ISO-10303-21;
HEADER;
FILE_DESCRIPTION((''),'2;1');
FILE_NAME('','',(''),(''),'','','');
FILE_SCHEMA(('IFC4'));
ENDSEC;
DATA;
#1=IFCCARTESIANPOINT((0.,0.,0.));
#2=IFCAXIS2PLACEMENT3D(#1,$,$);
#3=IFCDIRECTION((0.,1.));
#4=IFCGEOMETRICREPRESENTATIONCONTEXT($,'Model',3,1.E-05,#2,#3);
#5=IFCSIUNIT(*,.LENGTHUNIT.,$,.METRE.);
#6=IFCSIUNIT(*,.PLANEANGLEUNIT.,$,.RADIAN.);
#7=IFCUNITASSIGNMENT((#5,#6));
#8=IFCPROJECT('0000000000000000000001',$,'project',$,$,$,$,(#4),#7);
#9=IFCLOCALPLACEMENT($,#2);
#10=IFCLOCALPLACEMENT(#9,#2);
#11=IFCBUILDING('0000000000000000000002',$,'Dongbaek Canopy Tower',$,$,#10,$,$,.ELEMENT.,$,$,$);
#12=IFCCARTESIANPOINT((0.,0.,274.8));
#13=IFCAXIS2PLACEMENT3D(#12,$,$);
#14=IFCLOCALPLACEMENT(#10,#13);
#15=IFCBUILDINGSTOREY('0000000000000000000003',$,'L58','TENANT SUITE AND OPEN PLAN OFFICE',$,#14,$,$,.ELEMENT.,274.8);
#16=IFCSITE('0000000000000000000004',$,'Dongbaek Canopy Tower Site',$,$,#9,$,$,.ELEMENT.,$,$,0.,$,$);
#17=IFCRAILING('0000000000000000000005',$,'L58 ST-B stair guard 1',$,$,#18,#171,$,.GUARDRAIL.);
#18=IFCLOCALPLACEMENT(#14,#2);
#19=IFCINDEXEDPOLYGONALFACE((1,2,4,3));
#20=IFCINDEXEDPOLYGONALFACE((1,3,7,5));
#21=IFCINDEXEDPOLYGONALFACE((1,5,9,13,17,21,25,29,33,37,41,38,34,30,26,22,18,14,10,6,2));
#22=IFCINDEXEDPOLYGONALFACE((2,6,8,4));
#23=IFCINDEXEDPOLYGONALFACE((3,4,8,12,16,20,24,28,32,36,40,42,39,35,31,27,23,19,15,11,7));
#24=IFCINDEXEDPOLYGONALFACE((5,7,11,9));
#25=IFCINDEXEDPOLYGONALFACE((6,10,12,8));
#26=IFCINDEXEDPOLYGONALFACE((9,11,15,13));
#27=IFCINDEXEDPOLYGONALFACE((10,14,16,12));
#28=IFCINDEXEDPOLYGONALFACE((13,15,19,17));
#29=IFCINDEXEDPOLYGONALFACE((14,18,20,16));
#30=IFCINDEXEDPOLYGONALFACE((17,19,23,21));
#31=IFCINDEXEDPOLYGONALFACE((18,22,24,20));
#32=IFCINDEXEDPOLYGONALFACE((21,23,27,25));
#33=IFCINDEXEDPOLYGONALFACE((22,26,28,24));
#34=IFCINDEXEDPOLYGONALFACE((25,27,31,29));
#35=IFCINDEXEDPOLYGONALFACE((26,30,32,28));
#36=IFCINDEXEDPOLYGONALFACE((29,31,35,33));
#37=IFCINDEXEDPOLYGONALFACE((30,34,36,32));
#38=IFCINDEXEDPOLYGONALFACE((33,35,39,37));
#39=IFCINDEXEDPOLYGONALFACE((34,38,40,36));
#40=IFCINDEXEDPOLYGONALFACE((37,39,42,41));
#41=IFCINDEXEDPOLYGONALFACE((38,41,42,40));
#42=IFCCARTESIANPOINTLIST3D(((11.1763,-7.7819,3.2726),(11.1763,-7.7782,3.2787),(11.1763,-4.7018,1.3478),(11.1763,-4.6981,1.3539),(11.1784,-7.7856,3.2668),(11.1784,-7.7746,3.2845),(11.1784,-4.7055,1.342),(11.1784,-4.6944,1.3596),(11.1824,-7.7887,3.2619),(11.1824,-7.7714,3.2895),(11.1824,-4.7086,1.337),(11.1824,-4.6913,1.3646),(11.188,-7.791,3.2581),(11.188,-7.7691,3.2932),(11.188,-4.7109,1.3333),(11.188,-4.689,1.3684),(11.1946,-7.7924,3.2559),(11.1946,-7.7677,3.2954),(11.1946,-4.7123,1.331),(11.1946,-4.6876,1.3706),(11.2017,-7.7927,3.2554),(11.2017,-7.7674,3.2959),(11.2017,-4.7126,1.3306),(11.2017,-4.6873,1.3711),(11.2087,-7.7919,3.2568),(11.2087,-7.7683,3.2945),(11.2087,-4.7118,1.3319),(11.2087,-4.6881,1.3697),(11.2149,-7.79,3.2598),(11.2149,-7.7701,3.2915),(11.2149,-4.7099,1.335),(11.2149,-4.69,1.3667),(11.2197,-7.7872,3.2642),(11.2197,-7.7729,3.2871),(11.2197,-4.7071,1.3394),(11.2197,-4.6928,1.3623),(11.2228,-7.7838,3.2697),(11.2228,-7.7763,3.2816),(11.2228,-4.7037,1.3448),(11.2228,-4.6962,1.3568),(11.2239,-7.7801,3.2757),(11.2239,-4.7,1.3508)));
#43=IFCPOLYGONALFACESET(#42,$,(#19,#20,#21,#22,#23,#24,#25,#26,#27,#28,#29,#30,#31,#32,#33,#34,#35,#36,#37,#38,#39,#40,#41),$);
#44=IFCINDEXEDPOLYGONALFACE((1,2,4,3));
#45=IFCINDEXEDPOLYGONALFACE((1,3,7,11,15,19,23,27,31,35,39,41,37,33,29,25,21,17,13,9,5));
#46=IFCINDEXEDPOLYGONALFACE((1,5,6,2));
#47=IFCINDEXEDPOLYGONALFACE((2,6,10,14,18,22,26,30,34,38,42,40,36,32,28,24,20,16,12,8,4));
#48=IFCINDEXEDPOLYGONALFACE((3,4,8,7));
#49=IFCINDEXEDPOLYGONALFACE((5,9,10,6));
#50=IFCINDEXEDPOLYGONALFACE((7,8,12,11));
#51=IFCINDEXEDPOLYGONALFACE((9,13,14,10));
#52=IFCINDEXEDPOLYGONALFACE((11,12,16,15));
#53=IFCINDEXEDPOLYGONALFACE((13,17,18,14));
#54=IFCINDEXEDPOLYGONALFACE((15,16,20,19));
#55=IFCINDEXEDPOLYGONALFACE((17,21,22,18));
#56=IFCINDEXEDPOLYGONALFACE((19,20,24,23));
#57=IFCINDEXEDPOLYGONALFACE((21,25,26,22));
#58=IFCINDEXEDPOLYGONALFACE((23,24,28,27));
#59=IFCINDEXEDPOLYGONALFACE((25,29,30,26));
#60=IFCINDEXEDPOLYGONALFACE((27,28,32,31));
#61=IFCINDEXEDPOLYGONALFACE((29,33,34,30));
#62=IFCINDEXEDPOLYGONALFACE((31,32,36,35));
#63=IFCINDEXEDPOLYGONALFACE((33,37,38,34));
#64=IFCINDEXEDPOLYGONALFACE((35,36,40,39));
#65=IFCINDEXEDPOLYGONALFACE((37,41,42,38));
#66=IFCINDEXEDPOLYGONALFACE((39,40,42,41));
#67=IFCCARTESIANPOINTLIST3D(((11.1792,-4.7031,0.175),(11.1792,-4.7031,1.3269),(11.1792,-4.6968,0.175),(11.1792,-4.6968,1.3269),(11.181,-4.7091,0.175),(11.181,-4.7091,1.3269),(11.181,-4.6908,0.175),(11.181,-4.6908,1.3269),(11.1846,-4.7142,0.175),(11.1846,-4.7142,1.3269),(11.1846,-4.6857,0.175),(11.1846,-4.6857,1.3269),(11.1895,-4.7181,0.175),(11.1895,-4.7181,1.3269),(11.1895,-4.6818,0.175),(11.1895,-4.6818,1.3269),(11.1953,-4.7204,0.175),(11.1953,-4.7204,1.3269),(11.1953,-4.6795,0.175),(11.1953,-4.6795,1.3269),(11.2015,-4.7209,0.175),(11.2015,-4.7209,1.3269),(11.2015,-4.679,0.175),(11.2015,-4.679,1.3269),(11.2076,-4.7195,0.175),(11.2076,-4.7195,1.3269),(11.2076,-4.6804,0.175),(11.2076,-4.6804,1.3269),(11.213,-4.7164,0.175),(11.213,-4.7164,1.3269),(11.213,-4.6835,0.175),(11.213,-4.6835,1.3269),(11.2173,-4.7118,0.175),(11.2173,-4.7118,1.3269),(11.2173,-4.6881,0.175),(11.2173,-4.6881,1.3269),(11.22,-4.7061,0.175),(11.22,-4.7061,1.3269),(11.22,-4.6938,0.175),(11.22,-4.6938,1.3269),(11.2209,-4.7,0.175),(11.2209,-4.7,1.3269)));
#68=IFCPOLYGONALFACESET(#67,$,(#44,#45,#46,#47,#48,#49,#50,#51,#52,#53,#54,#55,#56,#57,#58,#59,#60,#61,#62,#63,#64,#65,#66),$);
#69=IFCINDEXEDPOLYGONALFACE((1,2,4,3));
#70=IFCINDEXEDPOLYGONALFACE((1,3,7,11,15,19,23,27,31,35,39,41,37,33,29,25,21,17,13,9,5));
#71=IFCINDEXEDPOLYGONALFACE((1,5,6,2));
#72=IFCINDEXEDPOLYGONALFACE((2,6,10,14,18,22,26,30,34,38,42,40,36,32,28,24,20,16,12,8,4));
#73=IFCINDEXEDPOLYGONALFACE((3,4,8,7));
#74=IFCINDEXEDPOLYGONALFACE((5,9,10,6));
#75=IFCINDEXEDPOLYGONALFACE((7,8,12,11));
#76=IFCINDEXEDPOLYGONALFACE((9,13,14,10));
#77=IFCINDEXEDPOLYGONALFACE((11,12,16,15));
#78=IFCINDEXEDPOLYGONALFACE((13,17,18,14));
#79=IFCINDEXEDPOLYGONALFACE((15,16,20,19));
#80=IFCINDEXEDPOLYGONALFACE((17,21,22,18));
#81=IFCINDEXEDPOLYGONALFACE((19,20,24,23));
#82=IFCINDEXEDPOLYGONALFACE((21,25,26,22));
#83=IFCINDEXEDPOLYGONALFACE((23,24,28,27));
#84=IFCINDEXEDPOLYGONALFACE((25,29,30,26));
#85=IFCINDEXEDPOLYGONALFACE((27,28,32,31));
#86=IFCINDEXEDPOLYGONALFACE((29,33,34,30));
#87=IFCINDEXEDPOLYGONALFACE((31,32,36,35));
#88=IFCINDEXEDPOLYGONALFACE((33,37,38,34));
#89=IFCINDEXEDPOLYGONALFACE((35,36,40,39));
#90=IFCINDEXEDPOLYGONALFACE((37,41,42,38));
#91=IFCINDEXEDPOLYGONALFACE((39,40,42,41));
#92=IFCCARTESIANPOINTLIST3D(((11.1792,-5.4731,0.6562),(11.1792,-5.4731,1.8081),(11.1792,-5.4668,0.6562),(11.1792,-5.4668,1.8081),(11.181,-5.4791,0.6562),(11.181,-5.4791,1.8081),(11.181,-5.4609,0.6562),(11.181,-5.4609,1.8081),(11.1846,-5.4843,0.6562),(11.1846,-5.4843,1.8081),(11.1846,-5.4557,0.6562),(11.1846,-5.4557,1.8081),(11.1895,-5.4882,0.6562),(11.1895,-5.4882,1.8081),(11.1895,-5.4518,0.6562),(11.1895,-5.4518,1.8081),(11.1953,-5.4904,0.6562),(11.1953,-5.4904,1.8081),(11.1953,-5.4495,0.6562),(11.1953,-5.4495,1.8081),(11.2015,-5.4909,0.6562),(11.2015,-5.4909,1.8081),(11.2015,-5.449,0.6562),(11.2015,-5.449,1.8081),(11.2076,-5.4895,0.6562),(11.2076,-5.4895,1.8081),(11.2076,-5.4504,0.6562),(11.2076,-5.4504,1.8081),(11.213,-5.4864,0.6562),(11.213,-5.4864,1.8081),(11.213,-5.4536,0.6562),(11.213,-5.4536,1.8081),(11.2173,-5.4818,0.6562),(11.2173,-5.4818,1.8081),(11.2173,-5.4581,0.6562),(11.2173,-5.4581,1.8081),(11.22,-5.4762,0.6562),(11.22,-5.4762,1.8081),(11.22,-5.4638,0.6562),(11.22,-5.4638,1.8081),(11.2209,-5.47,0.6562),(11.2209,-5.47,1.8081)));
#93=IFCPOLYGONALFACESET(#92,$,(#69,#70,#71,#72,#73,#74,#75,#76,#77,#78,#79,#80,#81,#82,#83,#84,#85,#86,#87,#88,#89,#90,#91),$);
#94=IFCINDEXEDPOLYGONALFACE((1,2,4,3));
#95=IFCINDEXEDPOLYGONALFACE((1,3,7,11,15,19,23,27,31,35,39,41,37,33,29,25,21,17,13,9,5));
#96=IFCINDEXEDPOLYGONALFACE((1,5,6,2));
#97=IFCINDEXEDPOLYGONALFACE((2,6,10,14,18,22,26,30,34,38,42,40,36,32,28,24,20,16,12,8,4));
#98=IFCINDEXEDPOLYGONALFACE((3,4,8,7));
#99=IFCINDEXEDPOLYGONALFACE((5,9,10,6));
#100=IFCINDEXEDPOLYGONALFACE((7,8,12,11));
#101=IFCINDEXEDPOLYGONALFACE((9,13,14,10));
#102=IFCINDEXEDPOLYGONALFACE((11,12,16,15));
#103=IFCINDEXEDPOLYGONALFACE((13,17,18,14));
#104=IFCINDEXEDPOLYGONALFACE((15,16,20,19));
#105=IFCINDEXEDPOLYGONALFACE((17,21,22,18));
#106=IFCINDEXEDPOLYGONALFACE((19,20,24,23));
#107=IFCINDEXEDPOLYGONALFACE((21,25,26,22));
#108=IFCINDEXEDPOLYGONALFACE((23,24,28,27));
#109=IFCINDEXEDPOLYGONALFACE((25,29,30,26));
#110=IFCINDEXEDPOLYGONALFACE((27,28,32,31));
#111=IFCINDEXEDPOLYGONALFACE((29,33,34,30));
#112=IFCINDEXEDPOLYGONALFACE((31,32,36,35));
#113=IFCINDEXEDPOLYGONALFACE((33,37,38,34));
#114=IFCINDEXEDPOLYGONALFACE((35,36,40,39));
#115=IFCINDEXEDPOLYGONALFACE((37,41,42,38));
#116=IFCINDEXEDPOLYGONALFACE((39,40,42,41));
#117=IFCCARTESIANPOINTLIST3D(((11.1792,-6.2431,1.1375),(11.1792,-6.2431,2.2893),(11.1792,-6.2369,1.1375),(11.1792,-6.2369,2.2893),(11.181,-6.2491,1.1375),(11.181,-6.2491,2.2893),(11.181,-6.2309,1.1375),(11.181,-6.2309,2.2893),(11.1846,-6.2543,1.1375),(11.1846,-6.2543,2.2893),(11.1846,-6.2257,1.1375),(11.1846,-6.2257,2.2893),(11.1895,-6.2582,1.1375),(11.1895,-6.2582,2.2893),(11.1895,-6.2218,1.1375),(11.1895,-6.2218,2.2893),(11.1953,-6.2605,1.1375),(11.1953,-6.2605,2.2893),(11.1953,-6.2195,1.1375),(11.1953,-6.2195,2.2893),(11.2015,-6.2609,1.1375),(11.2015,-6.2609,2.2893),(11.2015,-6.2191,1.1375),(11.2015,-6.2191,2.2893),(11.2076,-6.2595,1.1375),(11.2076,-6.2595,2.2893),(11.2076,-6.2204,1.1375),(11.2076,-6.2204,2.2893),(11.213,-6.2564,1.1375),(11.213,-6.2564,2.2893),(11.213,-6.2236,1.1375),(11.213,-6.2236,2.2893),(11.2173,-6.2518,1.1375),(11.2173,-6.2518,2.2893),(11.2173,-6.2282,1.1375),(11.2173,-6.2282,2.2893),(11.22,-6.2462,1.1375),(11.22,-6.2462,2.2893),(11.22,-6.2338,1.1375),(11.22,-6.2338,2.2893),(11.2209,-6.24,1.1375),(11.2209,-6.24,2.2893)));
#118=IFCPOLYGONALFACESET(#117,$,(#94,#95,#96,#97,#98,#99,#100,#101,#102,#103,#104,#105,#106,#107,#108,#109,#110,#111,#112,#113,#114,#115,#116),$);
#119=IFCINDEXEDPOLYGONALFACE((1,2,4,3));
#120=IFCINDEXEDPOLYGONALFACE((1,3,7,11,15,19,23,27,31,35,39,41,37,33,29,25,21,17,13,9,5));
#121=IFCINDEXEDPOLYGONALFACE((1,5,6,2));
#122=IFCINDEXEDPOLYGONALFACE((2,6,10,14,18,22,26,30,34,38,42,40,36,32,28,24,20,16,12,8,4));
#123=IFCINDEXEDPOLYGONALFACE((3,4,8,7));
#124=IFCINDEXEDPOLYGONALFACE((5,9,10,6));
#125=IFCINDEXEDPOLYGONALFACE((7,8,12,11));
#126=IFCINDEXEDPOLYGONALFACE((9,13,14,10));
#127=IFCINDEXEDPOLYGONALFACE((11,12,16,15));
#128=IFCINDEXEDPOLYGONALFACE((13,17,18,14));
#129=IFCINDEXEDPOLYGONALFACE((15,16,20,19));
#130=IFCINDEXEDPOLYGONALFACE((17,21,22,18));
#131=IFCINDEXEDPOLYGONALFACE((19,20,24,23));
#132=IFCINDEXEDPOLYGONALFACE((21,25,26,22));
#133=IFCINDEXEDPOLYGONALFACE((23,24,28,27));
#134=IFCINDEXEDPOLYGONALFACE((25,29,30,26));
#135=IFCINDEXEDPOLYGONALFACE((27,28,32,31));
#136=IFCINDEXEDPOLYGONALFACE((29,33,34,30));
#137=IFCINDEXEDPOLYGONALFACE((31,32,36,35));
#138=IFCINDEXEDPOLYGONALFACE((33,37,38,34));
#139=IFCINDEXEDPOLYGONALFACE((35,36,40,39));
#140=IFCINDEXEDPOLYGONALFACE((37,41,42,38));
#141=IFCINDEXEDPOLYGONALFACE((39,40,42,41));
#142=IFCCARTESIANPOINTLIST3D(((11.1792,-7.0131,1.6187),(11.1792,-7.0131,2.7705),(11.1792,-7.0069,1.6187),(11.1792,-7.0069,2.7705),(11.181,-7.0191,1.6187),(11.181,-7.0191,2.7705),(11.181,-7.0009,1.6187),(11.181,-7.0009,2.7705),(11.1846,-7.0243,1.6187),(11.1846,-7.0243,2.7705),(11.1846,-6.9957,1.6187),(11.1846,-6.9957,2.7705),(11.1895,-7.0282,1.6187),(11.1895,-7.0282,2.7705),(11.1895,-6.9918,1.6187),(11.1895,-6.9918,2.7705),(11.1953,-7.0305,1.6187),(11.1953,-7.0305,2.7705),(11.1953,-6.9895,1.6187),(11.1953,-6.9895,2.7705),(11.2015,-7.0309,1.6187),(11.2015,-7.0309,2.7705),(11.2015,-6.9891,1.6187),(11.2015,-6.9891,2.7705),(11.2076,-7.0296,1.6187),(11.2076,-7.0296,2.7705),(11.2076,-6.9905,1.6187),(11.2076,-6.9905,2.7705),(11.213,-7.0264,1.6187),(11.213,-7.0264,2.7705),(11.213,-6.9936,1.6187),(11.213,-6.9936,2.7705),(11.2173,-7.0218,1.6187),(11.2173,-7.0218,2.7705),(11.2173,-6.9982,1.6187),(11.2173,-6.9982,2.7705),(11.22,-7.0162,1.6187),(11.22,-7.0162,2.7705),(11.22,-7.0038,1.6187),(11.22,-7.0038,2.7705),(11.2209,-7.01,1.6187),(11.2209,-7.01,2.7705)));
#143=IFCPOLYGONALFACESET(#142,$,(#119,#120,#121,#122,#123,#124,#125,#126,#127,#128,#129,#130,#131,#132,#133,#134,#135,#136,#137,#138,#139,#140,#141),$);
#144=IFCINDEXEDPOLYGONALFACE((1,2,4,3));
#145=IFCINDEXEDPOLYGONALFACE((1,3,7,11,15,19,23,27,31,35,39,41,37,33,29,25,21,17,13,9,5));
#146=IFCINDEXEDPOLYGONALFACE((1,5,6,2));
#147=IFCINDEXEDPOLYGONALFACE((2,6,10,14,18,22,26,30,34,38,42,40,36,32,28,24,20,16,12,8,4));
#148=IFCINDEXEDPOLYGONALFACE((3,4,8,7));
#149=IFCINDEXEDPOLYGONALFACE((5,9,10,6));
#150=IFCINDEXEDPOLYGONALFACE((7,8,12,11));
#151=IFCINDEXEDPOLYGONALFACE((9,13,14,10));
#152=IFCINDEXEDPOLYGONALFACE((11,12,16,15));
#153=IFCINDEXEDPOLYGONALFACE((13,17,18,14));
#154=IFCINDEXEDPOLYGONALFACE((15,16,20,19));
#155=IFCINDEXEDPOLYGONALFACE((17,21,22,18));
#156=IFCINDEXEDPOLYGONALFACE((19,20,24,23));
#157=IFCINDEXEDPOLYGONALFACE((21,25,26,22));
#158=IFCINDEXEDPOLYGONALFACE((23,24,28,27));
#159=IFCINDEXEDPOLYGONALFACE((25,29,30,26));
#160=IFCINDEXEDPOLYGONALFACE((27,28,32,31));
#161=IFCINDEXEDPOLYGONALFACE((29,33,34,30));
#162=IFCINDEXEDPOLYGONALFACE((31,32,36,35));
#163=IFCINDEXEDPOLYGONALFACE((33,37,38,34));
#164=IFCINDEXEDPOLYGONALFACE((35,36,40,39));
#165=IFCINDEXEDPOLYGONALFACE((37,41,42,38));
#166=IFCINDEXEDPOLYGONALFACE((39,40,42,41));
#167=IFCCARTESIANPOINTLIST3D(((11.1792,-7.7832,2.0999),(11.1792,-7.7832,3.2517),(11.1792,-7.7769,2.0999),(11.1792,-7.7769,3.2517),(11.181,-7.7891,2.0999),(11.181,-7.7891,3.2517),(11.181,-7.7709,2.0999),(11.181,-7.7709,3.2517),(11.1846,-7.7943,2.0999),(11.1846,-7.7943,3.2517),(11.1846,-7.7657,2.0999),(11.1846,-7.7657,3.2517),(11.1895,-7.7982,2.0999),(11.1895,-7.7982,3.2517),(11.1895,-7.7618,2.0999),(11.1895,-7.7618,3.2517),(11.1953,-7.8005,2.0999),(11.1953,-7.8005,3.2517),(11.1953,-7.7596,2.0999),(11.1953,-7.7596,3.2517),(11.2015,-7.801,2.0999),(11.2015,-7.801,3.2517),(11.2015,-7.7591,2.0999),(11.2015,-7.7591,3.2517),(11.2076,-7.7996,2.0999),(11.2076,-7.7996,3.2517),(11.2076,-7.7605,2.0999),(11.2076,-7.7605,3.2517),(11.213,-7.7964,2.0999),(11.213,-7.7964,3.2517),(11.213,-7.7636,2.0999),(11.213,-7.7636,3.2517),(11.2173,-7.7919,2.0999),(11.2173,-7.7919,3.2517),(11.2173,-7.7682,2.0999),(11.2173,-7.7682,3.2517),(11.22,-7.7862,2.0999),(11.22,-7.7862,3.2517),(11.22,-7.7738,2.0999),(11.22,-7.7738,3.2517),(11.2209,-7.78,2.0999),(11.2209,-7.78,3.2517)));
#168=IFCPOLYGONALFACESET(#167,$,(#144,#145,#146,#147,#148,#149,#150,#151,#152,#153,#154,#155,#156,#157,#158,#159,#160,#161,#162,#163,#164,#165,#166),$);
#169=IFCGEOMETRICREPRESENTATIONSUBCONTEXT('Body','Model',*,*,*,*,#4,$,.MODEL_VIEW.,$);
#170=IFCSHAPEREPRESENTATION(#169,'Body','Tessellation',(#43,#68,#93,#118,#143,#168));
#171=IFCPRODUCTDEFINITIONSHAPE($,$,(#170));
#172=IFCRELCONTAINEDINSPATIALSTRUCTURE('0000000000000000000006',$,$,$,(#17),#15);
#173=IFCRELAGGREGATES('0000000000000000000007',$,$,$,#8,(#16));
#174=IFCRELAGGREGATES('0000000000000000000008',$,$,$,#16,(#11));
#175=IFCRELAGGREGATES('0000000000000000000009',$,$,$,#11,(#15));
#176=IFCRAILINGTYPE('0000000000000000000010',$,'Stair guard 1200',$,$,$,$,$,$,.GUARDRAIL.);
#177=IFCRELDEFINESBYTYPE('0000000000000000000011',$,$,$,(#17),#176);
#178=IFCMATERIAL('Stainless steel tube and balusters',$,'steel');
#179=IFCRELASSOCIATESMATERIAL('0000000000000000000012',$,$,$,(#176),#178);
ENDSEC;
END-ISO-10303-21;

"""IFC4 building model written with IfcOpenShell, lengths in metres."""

from ifc_helpers import new_model, si_unit, direction, frame, origin, origin_2d, place, context, subcontext, project, spatial, circle, extrude, material, type_object, element, save


model = new_model("IFC4")

# Units and contexts
model_context = context("Model", 3, precision=1e-05, world=origin(), true_north=direction((0.0, 1.0)))
body_context = subcontext(model_context, "Body", "Model", "MODEL_VIEW")
ifc_project = project(units=[si_unit("LENGTHUNIT", "METRE"), si_unit("PLANEANGLEUNIT", "RADIAN")], contexts=[model_context])

# Site, building, storey
site_placement = place(None, origin())
site = spatial("IfcSite", under=ifc_project, at=site_placement, Name="Dongbaek Canopy Tower Site", CompositionType="ELEMENT", RefElevation=0.0)
building_placement = place(site_placement, origin())
building = spatial("IfcBuilding", under=site, at=building_placement, Name="Dongbaek Canopy Tower", CompositionType="ELEMENT")
storey_placement = place(building_placement, frame((0.0, 0.0, 274.8)))
storey = spatial("IfcBuildingStorey", under=building, at=storey_placement, Name="L58", Description="TENANT SUITE AND OPEN PLAN OFFICE", CompositionType="ELEMENT", Elevation=274.8)

# Railing
ifc_material_1 = material(Name="Stainless steel tube and balusters", Category="steel")
railing_type_1 = type_object("IfcRailingType", Name="Stair guard 1200", PredefinedType="GUARDRAIL", material=ifc_material_1)
railing_1_placement = place(storey_placement, frame((11.2, -4.7, 0.175)))
element("IfcRailing", 1, at=railing_1_placement, inside=storey, type_object=railing_type_1, Name="L58 ST-B stair guard 1", PredefinedType="GUARDRAIL", context=body_context, shape_type="SweptSolid", body=[
    extrude(circle(Radius=0.0239, at=origin_2d()), frame((0.0, 0.0, 1.1758), z_axis=(0.0, -0.848029, 0.529951), x_axis=(1.0, 0.0, 0.0)), (0.0, 0.0, 1.0), 3.6321),
    extrude(circle(Radius=0.021, at=origin_2d()), origin(), (0.0, 0.0, 1.0), 1.1519),
    extrude(circle(Radius=0.021, at=origin_2d()), frame((0.0, -0.77, 0.4812)), (0.0, 0.0, 1.0), 1.1519),
    extrude(circle(Radius=0.021, at=origin_2d()), frame((0.0, -1.54, 0.9624)), (0.0, 0.0, 1.0), 1.1519),
    extrude(circle(Radius=0.021, at=origin_2d()), frame((0.0, -2.3101, 1.4436)), (0.0, 0.0, 1.0), 1.1519),
    extrude(circle(Radius=0.021, at=origin_2d()), frame((0.0, -3.0801, 1.9248)), (0.0, 0.0, 1.0), 1.1519),
])

save(model, "model.ifc")
